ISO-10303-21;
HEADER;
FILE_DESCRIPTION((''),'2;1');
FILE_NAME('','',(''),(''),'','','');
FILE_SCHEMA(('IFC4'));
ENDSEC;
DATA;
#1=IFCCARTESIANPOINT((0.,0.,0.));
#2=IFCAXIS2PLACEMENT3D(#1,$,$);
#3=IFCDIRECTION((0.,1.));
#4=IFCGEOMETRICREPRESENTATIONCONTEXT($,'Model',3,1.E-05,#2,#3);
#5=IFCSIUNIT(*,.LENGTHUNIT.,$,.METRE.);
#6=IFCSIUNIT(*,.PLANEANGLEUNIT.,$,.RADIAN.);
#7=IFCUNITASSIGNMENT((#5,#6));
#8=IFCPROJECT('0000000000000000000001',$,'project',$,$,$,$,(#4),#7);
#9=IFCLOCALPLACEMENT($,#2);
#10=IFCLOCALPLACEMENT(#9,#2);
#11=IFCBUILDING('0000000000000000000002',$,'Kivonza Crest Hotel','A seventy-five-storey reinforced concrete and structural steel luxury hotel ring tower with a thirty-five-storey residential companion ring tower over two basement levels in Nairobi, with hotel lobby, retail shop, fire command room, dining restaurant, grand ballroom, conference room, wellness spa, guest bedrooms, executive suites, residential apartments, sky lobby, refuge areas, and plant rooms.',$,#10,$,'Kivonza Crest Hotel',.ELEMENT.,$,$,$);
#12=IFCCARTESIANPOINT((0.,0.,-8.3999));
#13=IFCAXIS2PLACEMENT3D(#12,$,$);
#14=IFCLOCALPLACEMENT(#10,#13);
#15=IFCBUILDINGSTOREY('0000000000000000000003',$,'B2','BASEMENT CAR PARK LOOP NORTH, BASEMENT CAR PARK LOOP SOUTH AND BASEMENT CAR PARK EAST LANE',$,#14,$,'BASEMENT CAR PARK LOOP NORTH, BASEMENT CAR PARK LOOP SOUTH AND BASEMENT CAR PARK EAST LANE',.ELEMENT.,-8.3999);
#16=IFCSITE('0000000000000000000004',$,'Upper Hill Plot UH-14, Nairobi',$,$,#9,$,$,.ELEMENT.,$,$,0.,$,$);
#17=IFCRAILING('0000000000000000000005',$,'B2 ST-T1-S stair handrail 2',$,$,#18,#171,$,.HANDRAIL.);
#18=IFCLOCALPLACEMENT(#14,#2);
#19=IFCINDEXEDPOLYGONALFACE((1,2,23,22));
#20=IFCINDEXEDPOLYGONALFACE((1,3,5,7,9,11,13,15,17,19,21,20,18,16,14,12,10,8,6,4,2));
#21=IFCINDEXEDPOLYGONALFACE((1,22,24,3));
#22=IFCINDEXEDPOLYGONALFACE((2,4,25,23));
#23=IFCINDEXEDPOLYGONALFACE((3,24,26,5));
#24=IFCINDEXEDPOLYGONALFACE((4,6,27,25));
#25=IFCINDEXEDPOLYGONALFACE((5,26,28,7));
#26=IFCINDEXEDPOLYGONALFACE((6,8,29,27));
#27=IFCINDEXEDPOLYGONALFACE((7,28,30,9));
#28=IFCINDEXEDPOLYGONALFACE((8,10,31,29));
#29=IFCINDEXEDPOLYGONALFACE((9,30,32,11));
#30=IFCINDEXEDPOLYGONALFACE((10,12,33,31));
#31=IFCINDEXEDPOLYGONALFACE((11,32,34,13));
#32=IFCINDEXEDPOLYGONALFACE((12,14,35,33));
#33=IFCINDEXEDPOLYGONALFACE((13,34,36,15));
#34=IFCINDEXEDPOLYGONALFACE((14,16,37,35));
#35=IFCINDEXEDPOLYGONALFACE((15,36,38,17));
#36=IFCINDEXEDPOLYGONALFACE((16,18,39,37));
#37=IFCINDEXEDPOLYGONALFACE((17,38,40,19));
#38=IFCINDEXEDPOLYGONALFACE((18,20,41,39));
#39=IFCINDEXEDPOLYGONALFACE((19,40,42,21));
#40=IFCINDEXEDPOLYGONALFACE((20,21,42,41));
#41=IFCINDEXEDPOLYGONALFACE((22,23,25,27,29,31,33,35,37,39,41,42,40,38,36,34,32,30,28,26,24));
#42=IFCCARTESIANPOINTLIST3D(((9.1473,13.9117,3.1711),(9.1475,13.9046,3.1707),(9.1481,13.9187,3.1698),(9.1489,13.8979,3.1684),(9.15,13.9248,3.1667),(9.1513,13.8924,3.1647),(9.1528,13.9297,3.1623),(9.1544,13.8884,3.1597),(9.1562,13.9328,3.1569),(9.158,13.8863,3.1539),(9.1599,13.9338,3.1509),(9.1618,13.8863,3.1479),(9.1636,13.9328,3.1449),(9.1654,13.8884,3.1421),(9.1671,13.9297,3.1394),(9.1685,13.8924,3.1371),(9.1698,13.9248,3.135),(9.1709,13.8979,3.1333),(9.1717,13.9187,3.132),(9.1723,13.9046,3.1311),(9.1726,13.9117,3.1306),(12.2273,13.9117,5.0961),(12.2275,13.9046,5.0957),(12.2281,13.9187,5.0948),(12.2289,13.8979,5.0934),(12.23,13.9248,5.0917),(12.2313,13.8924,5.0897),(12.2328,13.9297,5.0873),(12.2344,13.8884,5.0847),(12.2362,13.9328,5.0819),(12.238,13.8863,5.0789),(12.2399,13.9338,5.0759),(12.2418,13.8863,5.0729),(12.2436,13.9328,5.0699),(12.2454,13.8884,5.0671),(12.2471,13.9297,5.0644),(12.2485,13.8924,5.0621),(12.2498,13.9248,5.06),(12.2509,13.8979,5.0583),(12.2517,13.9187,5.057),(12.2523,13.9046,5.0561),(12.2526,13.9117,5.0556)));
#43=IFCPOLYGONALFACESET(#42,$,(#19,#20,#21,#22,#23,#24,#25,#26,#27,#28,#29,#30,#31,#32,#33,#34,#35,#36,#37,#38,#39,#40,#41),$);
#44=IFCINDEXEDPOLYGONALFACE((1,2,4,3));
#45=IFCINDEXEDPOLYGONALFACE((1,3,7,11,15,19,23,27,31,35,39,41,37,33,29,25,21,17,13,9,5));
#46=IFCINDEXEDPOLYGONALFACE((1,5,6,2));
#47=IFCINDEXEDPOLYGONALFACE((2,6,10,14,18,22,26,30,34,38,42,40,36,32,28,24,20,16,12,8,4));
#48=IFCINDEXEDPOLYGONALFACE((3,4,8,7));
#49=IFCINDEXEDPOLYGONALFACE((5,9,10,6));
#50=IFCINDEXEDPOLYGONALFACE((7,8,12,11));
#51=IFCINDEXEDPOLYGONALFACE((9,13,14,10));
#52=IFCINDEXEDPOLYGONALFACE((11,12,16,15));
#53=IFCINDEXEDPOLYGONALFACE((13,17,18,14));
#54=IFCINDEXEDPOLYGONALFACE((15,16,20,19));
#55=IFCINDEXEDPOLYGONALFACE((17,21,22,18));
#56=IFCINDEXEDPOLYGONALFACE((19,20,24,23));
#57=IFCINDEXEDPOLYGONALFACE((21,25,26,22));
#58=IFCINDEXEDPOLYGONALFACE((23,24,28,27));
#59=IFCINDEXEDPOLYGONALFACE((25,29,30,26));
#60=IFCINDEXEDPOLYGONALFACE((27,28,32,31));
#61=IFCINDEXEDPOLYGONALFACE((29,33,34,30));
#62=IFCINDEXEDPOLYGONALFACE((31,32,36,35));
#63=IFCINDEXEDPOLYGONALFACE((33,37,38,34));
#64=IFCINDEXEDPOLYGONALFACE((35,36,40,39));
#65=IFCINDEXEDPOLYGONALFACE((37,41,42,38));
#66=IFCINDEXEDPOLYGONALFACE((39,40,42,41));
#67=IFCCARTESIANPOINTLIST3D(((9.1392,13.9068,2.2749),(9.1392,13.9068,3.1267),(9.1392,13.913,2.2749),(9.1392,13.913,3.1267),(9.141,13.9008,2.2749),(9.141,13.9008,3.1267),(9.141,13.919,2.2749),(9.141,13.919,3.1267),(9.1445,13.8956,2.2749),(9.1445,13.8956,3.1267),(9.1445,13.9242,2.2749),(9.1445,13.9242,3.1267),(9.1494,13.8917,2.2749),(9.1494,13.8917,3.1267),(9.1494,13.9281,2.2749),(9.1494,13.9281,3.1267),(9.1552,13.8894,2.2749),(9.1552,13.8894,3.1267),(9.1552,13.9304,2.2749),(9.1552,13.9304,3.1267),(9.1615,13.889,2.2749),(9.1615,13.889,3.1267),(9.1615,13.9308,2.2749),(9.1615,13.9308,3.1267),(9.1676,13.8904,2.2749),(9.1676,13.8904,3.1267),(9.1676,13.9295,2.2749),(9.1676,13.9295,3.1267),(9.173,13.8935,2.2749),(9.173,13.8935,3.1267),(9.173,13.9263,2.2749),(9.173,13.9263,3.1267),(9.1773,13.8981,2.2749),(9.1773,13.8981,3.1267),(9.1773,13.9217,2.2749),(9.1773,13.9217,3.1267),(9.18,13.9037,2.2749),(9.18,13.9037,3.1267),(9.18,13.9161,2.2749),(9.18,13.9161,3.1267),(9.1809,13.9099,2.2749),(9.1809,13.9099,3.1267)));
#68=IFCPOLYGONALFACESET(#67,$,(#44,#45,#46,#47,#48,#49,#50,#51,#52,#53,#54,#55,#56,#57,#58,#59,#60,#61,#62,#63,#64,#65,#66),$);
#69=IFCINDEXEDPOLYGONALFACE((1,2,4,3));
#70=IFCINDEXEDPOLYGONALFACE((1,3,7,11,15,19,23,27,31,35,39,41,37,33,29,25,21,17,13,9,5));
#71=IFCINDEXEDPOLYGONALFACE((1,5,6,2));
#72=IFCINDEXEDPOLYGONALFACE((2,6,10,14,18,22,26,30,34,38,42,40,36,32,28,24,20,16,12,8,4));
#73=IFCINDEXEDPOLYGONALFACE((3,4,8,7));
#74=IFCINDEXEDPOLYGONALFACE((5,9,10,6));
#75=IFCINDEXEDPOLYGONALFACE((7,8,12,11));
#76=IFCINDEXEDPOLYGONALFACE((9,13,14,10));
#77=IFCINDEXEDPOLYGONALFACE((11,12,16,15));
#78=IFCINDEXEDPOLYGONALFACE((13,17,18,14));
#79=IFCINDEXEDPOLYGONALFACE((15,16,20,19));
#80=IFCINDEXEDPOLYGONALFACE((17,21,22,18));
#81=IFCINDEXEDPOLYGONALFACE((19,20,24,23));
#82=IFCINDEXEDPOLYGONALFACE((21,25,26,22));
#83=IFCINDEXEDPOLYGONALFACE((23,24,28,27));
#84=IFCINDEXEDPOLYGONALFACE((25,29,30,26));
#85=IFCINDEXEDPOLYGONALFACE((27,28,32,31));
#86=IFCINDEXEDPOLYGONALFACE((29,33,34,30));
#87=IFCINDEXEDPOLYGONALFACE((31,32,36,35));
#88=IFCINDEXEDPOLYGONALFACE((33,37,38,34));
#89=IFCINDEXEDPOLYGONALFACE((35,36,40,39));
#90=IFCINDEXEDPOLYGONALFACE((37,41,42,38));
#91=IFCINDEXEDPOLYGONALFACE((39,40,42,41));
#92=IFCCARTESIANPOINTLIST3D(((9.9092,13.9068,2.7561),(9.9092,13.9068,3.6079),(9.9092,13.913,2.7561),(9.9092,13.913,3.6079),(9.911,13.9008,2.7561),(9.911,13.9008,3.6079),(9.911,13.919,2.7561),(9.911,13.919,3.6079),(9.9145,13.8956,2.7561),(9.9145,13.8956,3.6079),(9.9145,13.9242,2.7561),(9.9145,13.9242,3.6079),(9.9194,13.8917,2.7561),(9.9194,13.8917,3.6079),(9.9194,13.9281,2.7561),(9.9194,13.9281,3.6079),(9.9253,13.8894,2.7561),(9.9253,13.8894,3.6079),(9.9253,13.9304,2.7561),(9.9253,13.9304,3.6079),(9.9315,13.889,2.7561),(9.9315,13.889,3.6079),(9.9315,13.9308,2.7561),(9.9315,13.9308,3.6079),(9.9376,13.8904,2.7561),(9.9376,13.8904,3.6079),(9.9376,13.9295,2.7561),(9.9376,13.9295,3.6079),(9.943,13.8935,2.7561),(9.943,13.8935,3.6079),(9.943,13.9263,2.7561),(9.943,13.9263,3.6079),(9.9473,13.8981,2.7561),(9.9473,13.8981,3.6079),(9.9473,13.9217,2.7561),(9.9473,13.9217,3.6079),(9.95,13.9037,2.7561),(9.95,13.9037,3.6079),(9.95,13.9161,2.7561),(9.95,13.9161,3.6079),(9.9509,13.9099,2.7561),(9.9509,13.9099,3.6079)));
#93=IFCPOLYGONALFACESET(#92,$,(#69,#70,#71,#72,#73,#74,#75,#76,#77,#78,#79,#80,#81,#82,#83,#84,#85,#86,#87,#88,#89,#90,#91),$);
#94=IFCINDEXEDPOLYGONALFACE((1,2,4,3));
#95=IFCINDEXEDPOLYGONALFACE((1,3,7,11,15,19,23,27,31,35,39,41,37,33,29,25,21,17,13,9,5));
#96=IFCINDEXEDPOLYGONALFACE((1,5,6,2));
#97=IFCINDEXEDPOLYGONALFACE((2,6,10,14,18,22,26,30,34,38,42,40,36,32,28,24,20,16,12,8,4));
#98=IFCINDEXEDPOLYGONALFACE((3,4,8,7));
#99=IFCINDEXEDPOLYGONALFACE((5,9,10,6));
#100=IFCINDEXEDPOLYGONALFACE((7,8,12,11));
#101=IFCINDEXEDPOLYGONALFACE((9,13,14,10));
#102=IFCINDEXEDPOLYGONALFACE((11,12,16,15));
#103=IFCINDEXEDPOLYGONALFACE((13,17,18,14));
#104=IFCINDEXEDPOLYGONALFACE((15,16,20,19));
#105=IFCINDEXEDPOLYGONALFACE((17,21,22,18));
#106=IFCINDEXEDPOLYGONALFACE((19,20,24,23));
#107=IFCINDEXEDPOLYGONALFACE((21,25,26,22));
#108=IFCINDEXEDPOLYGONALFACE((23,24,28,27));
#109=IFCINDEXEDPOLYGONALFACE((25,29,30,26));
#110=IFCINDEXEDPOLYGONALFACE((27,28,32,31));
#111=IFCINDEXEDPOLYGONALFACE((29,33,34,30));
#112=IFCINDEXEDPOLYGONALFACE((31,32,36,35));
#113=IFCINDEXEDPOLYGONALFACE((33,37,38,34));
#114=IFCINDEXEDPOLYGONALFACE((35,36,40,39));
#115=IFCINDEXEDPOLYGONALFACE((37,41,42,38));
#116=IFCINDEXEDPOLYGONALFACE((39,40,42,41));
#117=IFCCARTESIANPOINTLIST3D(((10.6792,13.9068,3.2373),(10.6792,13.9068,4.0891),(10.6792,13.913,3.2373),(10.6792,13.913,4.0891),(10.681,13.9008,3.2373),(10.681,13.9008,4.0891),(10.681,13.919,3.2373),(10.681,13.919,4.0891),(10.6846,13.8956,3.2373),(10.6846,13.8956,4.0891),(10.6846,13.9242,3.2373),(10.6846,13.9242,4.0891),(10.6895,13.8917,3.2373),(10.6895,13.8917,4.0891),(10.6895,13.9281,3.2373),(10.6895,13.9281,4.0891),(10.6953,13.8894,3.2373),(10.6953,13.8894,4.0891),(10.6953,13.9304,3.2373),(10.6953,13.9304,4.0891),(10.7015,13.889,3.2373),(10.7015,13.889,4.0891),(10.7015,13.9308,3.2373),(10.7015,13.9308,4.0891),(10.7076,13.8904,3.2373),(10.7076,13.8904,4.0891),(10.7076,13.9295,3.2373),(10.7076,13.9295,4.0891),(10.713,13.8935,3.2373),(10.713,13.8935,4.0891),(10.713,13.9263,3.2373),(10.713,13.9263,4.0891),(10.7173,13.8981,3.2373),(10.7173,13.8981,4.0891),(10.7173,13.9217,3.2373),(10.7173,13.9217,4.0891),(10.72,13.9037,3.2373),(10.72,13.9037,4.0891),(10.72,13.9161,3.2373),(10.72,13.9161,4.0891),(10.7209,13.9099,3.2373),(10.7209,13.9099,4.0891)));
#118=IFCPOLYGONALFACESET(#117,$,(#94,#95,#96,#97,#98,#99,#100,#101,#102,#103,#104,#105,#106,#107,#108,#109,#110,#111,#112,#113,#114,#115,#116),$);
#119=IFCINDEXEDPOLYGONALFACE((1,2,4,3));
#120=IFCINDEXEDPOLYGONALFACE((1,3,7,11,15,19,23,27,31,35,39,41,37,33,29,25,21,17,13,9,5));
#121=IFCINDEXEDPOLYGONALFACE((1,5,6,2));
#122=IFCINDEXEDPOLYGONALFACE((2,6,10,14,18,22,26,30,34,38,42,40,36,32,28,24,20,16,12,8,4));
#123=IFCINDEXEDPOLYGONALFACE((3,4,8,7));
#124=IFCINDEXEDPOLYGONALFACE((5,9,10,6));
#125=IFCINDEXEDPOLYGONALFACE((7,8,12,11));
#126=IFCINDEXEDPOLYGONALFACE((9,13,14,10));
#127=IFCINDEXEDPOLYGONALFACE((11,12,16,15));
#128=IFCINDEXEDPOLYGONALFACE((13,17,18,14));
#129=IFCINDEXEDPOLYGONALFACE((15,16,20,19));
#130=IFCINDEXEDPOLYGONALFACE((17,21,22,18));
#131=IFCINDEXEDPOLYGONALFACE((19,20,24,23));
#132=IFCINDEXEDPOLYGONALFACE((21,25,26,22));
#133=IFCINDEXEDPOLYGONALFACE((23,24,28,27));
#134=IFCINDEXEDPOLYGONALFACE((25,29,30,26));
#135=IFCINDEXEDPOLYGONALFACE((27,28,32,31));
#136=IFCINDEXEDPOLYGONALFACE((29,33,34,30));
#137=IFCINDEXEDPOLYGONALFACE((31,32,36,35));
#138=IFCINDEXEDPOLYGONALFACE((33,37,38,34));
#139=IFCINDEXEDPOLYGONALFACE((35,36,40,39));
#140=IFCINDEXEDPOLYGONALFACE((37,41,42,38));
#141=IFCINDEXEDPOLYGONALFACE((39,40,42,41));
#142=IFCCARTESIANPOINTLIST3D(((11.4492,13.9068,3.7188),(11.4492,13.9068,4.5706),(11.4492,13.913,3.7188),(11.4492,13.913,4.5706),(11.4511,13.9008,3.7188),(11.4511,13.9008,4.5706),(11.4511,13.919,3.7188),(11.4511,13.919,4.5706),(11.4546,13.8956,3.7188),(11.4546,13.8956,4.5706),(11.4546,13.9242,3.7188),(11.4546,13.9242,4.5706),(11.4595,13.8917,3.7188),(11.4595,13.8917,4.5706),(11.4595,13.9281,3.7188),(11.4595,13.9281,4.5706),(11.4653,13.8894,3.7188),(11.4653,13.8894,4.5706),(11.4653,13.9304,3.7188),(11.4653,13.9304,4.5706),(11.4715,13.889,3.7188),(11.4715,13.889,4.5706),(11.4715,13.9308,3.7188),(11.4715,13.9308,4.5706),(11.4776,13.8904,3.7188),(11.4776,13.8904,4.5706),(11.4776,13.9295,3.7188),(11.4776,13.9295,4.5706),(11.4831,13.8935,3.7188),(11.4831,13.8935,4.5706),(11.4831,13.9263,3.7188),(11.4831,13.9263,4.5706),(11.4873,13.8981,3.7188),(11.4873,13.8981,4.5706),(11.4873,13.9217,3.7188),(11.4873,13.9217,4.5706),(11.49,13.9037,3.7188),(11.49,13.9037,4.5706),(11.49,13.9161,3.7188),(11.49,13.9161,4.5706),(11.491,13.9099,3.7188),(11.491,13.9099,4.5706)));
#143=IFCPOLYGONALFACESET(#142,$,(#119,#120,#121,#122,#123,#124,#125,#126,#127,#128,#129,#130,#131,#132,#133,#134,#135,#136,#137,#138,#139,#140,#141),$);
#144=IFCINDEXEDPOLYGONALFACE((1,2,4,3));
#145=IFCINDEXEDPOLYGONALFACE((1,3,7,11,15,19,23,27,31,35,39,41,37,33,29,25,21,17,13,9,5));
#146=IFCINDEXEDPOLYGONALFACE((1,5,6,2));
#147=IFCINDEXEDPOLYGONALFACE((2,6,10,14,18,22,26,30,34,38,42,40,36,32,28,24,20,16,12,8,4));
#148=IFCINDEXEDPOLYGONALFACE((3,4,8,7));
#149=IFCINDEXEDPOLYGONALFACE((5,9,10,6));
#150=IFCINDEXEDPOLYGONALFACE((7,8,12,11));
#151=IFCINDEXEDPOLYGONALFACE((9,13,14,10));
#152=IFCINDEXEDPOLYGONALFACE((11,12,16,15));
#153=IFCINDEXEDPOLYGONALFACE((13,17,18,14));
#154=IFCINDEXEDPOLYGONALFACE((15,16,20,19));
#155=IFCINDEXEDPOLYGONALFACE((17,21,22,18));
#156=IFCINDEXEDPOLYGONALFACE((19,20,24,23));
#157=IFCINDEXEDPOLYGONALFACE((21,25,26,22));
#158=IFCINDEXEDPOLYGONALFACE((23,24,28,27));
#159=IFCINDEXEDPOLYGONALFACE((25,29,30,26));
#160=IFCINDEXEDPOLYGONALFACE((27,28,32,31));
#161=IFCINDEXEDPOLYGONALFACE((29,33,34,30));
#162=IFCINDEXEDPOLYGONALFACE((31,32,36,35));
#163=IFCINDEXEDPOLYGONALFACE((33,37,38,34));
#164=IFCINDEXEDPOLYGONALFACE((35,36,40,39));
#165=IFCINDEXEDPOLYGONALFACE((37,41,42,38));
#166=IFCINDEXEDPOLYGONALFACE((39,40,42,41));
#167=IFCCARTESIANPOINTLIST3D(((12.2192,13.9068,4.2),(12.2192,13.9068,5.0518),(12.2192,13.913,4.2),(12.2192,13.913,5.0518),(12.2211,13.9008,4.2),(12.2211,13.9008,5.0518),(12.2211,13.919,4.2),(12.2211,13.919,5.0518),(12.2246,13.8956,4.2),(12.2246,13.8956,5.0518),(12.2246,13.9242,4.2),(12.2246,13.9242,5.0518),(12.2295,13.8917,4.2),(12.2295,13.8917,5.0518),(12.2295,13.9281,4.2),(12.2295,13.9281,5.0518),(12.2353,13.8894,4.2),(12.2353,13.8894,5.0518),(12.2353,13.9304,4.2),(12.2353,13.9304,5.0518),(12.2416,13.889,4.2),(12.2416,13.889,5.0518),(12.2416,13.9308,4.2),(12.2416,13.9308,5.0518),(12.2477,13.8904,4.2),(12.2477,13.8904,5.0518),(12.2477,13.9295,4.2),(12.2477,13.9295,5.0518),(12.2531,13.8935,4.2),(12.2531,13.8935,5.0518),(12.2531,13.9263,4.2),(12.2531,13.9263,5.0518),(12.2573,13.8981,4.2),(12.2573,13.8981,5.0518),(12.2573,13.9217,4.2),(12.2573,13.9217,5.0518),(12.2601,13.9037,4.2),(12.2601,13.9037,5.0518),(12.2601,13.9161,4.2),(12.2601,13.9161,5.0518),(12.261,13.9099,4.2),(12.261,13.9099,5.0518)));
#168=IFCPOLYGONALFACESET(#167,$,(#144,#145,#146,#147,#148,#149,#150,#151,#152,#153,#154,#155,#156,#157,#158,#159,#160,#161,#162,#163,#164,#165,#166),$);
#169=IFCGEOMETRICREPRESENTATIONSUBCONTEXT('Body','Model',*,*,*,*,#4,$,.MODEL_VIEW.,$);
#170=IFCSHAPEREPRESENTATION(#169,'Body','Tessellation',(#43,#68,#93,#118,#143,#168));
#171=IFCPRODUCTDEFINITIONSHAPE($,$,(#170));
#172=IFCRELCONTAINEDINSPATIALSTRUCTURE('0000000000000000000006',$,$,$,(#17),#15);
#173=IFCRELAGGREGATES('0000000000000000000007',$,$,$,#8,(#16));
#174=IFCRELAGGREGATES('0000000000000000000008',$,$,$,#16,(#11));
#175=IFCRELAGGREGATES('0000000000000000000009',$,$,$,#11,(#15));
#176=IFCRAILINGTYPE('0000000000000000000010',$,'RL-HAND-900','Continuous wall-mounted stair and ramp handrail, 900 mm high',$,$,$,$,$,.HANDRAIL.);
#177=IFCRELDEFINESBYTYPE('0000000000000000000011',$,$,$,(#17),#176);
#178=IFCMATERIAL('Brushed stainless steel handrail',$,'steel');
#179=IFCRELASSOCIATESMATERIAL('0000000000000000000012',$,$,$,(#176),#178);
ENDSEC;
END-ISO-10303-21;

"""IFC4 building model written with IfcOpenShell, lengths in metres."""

from ifc_helpers import new_model, si_unit, direction, frame, origin, origin_2d, place, context, subcontext, project, spatial, circle, extrude, material, type_object, element, save


model = new_model("IFC4")

# Units and contexts
model_context = context("Model", 3, precision=1e-05, world=origin(), true_north=direction((0.0, 1.0)))
body_context = subcontext(model_context, "Body", "Model", "MODEL_VIEW")
ifc_project = project(units=[si_unit("LENGTHUNIT", "METRE"), si_unit("PLANEANGLEUNIT", "RADIAN")], contexts=[model_context])

# Site, building, storey
site_placement = place(None, origin())
site = spatial("IfcSite", under=ifc_project, at=site_placement, Name="Upper Hill Plot UH-14, Nairobi", CompositionType="ELEMENT", RefElevation=0.0)
building_placement = place(site_placement, origin())
building = spatial("IfcBuilding", under=site, at=building_placement, Name="Kivonza Crest Hotel", Description="A seventy-five-storey reinforced concrete and structural steel luxury hotel ring tower with a thirty-five-storey residential companion ring tower over two basement levels in Nairobi, with hotel lobby, retail shop, fire command room, dining restaurant, grand ballroom, conference room, wellness spa, guest bedrooms, executive suites, residential apartments, sky lobby, refuge areas, and plant rooms.", LongName="Kivonza Crest Hotel", CompositionType="ELEMENT")
storey_placement = place(building_placement, frame((0.0, 0.0, -8.3999)))
storey = spatial("IfcBuildingStorey", under=building, at=storey_placement, Name="B2", Description="BASEMENT CAR PARK LOOP NORTH, BASEMENT CAR PARK LOOP SOUTH AND BASEMENT CAR PARK EAST LANE", LongName="BASEMENT CAR PARK LOOP NORTH, BASEMENT CAR PARK LOOP SOUTH AND BASEMENT CAR PARK EAST LANE", CompositionType="ELEMENT", Elevation=-8.3999)

# Railing
ifc_material_1 = material(Name="Brushed stainless steel handrail", Category="steel")
railing_type_1 = type_object("IfcRailingType", Name="RL-HAND-900", Description="Continuous wall-mounted stair and ramp handrail, 900 mm high", PredefinedType="HANDRAIL", material=ifc_material_1)
railing_1_placement = place(storey_placement, frame((9.1599, 13.9099, 2.2749)))
element("IfcRailing", 1, at=railing_1_placement, inside=storey, type_object=railing_type_1, Name="B2 ST-T1-S stair handrail 2", PredefinedType="HANDRAIL", context=body_context, shape_type="SweptSolid", body=[
    extrude(circle(Radius=0.0239, at=origin_2d()), frame((0.0, 0.0, 0.876), z_axis=(0.847998, 0.0, 0.529999), x_axis=(0.0, 1.0, 0.0)), (0.0, 0.0, 1.0), 3.6321),
    extrude(circle(Radius=0.021, at=origin_2d()), origin(), (0.0, 0.0, 1.0), 0.8518),
    extrude(circle(Radius=0.021, at=origin_2d()), frame((0.77, 0.0, 0.4812)), (0.0, 0.0, 1.0), 0.8518),
    extrude(circle(Radius=0.021, at=origin_2d()), frame((1.54, 0.0, 0.9624)), (0.0, 0.0, 1.0), 0.8518),
    extrude(circle(Radius=0.021, at=origin_2d()), frame((2.3101, 0.0, 1.4438)), (0.0, 0.0, 1.0), 0.8518),
    extrude(circle(Radius=0.021, at=origin_2d()), frame((3.0801, 0.0, 1.925)), (0.0, 0.0, 1.0), 0.8518),
])

save(model, "model.ifc")
